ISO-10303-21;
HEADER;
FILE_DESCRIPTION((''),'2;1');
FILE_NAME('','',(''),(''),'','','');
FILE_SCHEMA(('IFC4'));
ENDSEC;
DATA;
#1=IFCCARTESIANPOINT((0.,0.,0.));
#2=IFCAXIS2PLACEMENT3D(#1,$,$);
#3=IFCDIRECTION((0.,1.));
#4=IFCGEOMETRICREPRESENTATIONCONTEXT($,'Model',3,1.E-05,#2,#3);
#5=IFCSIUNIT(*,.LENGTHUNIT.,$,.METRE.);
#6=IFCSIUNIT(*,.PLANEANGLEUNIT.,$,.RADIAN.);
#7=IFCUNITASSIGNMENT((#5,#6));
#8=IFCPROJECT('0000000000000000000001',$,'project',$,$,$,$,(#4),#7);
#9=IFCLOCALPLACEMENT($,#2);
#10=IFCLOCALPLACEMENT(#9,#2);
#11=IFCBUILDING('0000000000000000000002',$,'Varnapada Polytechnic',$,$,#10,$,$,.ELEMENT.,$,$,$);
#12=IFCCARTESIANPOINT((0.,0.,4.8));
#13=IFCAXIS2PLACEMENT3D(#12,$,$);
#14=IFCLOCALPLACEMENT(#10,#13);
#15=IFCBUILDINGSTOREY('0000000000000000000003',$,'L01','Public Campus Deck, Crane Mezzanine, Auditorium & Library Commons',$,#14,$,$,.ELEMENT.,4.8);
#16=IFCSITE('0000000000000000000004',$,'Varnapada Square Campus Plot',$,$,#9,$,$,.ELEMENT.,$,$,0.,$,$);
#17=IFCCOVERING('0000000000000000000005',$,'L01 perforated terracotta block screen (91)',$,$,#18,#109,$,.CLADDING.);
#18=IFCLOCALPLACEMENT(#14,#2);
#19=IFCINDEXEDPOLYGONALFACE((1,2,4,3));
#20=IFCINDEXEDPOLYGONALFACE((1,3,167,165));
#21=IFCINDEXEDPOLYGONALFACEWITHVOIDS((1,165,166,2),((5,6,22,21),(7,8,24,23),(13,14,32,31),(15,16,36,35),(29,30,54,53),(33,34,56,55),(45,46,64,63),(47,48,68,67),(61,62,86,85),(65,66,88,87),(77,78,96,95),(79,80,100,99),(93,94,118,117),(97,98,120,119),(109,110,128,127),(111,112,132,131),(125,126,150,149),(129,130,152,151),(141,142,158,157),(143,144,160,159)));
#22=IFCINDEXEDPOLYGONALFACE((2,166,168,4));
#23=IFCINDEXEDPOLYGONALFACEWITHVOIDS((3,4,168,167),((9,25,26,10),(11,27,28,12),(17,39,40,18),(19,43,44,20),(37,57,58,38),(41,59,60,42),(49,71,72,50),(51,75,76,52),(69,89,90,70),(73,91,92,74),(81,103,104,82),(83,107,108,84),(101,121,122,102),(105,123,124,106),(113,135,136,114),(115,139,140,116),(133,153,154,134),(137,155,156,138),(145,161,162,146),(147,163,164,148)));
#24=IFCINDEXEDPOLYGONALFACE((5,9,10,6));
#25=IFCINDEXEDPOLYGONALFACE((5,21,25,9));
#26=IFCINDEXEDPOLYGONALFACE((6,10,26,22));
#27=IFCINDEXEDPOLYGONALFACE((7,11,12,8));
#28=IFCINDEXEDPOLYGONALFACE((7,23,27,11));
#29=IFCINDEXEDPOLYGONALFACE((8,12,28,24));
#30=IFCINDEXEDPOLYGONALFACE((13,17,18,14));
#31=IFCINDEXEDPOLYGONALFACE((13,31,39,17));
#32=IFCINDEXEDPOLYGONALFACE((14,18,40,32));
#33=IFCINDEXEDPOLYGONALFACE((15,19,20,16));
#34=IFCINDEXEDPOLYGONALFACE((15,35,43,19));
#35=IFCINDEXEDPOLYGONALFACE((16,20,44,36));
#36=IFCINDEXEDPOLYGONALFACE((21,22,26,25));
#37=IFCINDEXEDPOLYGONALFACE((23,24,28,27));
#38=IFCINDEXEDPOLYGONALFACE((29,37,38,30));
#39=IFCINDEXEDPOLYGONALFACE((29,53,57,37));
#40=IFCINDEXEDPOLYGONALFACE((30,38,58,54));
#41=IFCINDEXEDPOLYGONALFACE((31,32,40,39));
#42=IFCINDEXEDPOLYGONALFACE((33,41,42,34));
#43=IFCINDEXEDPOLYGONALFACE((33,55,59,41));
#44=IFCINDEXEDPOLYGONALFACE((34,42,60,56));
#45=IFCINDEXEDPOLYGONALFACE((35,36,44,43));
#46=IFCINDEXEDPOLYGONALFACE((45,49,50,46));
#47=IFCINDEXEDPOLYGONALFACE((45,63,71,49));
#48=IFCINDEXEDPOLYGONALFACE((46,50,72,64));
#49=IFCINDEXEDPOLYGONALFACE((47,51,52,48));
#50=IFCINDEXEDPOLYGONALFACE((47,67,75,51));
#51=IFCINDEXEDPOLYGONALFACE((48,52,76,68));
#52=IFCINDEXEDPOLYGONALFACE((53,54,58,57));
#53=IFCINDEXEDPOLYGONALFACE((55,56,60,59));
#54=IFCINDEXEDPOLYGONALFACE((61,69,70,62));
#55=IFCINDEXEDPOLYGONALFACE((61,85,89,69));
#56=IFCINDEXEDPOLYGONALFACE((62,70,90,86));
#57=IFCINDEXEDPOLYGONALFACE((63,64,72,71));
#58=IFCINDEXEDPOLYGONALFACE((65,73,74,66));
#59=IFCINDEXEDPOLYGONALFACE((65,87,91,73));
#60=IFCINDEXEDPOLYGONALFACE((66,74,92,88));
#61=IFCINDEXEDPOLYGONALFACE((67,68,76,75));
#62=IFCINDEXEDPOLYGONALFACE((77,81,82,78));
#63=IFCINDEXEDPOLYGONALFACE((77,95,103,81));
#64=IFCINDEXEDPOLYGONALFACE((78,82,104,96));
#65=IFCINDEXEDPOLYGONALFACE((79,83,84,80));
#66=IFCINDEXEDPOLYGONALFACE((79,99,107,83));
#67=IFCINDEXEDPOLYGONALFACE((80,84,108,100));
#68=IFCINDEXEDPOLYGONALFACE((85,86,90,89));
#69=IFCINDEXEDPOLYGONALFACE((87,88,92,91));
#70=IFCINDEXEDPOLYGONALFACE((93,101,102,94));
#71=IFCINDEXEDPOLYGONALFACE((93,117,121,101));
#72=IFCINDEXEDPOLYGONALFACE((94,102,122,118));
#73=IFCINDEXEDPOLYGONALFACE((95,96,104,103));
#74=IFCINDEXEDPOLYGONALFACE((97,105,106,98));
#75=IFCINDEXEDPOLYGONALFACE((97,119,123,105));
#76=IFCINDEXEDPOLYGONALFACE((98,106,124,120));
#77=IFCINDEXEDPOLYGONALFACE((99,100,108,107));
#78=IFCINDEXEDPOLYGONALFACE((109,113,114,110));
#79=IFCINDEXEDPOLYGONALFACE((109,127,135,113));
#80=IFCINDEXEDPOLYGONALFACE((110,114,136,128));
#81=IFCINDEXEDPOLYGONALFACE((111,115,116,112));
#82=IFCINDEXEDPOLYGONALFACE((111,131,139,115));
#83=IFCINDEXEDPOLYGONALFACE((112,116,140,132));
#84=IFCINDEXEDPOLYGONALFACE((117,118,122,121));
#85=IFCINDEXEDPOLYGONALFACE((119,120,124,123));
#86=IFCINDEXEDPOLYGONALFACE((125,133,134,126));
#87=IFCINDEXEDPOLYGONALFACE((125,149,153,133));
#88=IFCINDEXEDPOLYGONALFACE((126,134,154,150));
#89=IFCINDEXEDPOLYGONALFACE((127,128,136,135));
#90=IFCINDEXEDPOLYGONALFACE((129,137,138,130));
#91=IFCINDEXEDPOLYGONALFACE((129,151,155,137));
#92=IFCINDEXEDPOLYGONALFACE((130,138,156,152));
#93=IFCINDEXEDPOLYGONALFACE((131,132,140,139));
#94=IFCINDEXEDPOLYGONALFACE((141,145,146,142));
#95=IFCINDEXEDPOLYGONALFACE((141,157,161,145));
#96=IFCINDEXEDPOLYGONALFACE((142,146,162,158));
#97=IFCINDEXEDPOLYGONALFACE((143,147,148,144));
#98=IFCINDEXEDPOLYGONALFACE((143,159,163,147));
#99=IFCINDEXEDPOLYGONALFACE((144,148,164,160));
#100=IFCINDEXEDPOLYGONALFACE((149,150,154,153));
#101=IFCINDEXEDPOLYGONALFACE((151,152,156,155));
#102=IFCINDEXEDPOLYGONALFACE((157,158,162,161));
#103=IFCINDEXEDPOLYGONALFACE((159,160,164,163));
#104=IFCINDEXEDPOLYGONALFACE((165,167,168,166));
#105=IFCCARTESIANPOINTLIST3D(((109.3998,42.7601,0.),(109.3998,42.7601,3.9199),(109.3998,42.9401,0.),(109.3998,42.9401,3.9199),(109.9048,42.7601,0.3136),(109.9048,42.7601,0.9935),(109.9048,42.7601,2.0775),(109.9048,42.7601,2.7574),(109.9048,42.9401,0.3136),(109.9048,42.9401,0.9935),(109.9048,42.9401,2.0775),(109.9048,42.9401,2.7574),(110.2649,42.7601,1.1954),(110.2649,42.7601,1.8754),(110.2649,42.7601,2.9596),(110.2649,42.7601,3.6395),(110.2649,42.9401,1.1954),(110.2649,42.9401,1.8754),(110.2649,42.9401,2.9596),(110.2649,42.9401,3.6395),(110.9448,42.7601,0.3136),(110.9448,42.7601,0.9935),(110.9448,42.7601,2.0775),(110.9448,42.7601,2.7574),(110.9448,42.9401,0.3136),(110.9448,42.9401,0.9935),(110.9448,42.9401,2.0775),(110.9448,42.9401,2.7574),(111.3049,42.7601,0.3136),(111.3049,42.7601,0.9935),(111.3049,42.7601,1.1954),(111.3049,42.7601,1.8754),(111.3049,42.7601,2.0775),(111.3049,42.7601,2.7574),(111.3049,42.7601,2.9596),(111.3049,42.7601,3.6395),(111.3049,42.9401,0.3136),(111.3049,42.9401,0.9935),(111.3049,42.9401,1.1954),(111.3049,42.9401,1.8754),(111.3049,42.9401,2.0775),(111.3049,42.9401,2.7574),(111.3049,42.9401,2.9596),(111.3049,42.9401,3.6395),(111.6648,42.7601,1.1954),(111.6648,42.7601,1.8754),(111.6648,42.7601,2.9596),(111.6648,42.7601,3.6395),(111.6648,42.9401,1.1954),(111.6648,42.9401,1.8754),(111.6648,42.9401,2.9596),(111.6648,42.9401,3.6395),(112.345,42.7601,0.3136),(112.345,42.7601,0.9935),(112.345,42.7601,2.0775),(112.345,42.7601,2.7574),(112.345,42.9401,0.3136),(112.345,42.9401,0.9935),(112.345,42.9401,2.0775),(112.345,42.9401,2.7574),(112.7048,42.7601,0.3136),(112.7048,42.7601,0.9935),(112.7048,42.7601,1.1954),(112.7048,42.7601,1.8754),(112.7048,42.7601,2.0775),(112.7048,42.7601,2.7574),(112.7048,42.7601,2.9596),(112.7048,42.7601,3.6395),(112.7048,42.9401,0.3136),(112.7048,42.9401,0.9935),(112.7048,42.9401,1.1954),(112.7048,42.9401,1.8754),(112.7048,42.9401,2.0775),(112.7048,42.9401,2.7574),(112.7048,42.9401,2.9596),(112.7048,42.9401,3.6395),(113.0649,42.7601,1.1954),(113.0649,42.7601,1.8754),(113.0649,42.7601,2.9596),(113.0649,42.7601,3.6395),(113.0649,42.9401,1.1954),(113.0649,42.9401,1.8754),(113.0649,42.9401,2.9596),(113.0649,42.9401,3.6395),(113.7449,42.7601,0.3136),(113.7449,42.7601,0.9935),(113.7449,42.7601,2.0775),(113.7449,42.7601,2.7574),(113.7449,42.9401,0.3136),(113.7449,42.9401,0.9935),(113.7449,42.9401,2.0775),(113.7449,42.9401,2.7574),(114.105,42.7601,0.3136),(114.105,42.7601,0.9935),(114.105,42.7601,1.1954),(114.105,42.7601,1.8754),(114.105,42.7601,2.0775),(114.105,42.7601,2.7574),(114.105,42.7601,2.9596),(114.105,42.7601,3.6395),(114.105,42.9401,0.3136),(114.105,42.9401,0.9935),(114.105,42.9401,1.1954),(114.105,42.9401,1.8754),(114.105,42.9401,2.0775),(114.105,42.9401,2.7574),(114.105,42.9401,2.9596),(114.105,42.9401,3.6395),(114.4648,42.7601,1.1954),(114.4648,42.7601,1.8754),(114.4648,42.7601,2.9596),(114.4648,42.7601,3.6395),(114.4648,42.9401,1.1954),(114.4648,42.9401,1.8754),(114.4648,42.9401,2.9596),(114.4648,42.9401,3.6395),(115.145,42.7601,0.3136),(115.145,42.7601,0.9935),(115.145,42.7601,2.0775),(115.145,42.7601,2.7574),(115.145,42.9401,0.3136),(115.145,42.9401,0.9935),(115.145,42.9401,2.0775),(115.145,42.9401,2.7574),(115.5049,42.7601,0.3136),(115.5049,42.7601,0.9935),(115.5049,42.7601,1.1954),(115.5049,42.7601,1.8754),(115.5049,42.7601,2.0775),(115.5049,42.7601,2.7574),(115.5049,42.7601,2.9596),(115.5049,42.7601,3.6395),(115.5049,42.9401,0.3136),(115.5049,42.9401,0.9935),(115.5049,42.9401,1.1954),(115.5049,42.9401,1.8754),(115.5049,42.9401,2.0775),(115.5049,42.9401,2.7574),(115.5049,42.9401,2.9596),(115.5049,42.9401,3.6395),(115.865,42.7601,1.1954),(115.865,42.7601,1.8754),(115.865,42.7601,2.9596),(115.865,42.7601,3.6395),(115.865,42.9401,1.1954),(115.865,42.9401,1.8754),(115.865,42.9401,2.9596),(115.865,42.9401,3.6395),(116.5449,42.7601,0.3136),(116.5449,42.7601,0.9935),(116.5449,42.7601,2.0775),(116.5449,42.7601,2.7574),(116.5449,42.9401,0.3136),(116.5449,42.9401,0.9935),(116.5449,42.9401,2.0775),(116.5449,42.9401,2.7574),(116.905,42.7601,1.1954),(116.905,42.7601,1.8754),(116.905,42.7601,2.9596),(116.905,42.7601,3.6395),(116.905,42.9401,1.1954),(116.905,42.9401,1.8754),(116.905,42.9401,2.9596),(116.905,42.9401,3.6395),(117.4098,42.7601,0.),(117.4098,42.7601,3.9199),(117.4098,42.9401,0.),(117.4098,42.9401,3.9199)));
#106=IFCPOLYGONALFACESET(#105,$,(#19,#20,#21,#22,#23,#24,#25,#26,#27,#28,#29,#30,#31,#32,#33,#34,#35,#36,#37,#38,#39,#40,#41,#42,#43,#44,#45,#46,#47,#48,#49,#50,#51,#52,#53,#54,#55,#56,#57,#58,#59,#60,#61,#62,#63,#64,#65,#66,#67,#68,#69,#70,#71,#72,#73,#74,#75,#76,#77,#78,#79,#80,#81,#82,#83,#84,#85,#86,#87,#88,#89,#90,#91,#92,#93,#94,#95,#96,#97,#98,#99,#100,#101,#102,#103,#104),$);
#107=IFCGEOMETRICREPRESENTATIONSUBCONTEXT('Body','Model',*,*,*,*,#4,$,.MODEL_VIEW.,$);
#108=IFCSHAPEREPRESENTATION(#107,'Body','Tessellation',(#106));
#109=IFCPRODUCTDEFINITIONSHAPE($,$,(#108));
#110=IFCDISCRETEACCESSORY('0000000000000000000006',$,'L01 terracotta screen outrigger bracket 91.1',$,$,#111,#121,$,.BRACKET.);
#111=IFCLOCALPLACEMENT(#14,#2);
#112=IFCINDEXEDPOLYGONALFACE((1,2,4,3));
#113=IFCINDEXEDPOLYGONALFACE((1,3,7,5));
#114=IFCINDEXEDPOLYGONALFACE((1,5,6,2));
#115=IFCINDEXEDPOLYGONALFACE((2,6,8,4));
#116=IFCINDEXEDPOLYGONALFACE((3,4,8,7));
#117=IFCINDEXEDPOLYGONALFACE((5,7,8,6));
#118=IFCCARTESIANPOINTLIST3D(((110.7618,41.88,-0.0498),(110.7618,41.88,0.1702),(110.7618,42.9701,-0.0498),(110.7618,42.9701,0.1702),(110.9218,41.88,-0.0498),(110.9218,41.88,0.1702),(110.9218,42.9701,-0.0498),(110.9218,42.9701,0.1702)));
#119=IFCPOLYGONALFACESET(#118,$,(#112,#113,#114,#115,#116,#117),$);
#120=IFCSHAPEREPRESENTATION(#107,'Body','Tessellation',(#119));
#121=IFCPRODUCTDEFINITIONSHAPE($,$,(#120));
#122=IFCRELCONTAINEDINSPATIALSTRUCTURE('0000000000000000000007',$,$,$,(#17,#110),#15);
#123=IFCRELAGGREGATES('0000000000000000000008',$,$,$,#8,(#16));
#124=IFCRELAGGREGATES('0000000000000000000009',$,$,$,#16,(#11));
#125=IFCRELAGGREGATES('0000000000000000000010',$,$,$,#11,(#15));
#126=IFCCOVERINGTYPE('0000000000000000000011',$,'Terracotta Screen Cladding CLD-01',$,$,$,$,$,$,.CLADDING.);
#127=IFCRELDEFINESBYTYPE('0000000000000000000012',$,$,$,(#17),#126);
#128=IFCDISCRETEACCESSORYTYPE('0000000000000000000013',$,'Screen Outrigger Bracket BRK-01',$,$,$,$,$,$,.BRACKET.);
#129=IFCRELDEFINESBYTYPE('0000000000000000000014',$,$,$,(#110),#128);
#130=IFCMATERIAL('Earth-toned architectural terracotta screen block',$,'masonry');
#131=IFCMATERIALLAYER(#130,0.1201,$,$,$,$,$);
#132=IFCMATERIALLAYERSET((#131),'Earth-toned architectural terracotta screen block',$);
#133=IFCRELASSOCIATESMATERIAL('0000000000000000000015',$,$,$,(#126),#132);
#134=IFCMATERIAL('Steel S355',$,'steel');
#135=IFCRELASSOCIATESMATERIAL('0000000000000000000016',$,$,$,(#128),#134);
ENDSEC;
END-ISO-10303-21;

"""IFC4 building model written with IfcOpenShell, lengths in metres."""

from ifc_helpers import new_model, si_unit, direction, frame, frame_2d, origin, origin_2d, place, context, subcontext, project, spatial, rectangle, extrude, material, layer, layer_set, type_object, element, save


model = new_model("IFC4")

# Units and contexts
model_context = context("Model", 3, precision=1e-05, world=origin(), true_north=direction((0.0, 1.0)))
body_context = subcontext(model_context, "Body", "Model", "MODEL_VIEW")
ifc_project = project(units=[si_unit("LENGTHUNIT", "METRE"), si_unit("PLANEANGLEUNIT", "RADIAN")], contexts=[model_context])

# Site, building, storey
site_placement = place(None, origin())
site = spatial("IfcSite", under=ifc_project, at=site_placement, Name="Varnapada Square Campus Plot", CompositionType="ELEMENT", RefElevation=0.0)
building_placement = place(site_placement, origin())
building = spatial("IfcBuilding", under=site, at=building_placement, Name="Varnapada Polytechnic", CompositionType="ELEMENT")
storey_placement = place(building_placement, frame((0.0, 0.0, 4.8)))
storey = spatial("IfcBuildingStorey", under=building, at=storey_placement, Name="L01", Description="Public Campus Deck, Crane Mezzanine, Auditorium & Library Commons", CompositionType="ELEMENT", Elevation=4.8)

# Shared definitions
ifc_material_1 = material(Name="Steel S355", Category="steel")

# Covering, openings
ifc_material_2 = material(Name="Earth-toned architectural terracotta screen block", Category="masonry")
ifc_layer_1 = layer(ifc_material_2, 0.1201)
ifc_layer_set_1 = layer_set([ifc_layer_1], Name="Earth-toned architectural terracotta screen block")
covering_type = type_object("IfcCoveringType", Name="Terracotta Screen Cladding CLD-01", PredefinedType="CLADDING", material=ifc_layer_set_1)
covering_placement = place(storey_placement, frame((109.3999, 42.8501, 0.0), z_axis=(0.0, 0.0, 1.0), x_axis=(1.0, 0.0, 0.0)))
covering = element("IfcCovering", 1, at=covering_placement, inside=storey, type_object=covering_type, Name="L01 perforated terracotta block screen (91)", PredefinedType="CLADDING", context=body_context, shape_type="SweptSolid", body=[
    extrude(rectangle(XDim=8.01, YDim=0.1799, at=frame_2d((4.0049, 0.0))), origin(), (0.0, 0.0, 1.0), 3.9199),
])
opening_1_placement = place(covering_placement, frame((0.5049, 0.0, 0.3137)))
element("IfcOpeningElement", 2, at=opening_1_placement, cuts=covering, PredefinedType="OPENING", context=body_context, shape_type="SweptSolid", body=[
    extrude(rectangle(XDim=1.04, YDim=0.6799, at=frame_2d((0.52, 0.3398))), frame((0.0, 0.0999, 0.0), z_axis=(0.0, -1.0, 0.0), x_axis=(1.0, 0.0, 0.0)), (0.0, 0.0, 1.0), 0.2),
])
opening_2_placement = place(covering_placement, frame((1.905, 0.0, 0.3137)))
element("IfcOpeningElement", 3, at=opening_2_placement, cuts=covering, PredefinedType="OPENING", context=body_context, shape_type="SweptSolid", body=[
    extrude(rectangle(XDim=1.04, YDim=0.6799, at=frame_2d((0.52, 0.3398))), frame((0.0, 0.0999, 0.0), z_axis=(0.0, -1.0, 0.0), x_axis=(1.0, 0.0, 0.0)), (0.0, 0.0, 1.0), 0.2),
])
opening_3_placement = place(covering_placement, frame((3.3049, 0.0, 0.3137)))
element("IfcOpeningElement", 4, at=opening_3_placement, cuts=covering, PredefinedType="OPENING", context=body_context, shape_type="SweptSolid", body=[
    extrude(rectangle(XDim=1.04, YDim=0.6799, at=frame_2d((0.52, 0.3398))), frame((0.0, 0.0999, 0.0), z_axis=(0.0, -1.0, 0.0), x_axis=(1.0, 0.0, 0.0)), (0.0, 0.0, 1.0), 0.2),
])
opening_4_placement = place(covering_placement, frame((4.7051, 0.0, 0.3137)))
element("IfcOpeningElement", 5, at=opening_4_placement, cuts=covering, PredefinedType="OPENING", context=body_context, shape_type="SweptSolid", body=[
    extrude(rectangle(XDim=1.04, YDim=0.6799, at=frame_2d((0.52, 0.3398))), frame((0.0, 0.0999, 0.0), z_axis=(0.0, -1.0, 0.0), x_axis=(1.0, 0.0, 0.0)), (0.0, 0.0, 1.0), 0.2),
])
opening_5_placement = place(covering_placement, frame((6.105, 0.0, 0.3137)))
element("IfcOpeningElement", 6, at=opening_5_placement, cuts=covering, PredefinedType="OPENING", context=body_context, shape_type="SweptSolid", body=[
    extrude(rectangle(XDim=1.04, YDim=0.6799, at=frame_2d((0.52, 0.3398))), frame((0.0, 0.0999, 0.0), z_axis=(0.0, -1.0, 0.0), x_axis=(1.0, 0.0, 0.0)), (0.0, 0.0, 1.0), 0.2),
])
opening_6_placement = place(covering_placement, frame((0.865, 0.0, 1.1956)))
element("IfcOpeningElement", 7, at=opening_6_placement, cuts=covering, PredefinedType="OPENING", context=body_context, shape_type="SweptSolid", body=[
    extrude(rectangle(XDim=1.04, YDim=0.6799, at=frame_2d((0.52, 0.3398))), frame((0.0, 0.0999, 0.0), z_axis=(0.0, -1.0, 0.0), x_axis=(1.0, 0.0, 0.0)), (0.0, 0.0, 1.0), 0.2),
])
opening_7_placement = place(covering_placement, frame((2.2649, 0.0, 1.1956)))
element("IfcOpeningElement", 8, at=opening_7_placement, cuts=covering, PredefinedType="OPENING", context=body_context, shape_type="SweptSolid", body=[
    extrude(rectangle(XDim=1.04, YDim=0.6799, at=frame_2d((0.52, 0.3398))), frame((0.0, 0.0999, 0.0), z_axis=(0.0, -1.0, 0.0), x_axis=(1.0, 0.0, 0.0)), (0.0, 0.0, 1.0), 0.2),
])
opening_8_placement = place(covering_placement, frame((3.665, 0.0, 1.1956)))
element("IfcOpeningElement", 9, at=opening_8_placement, cuts=covering, PredefinedType="OPENING", context=body_context, shape_type="SweptSolid", body=[
    extrude(rectangle(XDim=1.04, YDim=0.6799, at=frame_2d((0.52, 0.3398))), frame((0.0, 0.0999, 0.0), z_axis=(0.0, -1.0, 0.0), x_axis=(1.0, 0.0, 0.0)), (0.0, 0.0, 1.0), 0.2),
])
opening_9_placement = place(covering_placement, frame((5.0649, 0.0, 1.1956)))
element("IfcOpeningElement", 10, at=opening_9_placement, cuts=covering, PredefinedType="OPENING", context=body_context, shape_type="SweptSolid", body=[
    extrude(rectangle(XDim=1.04, YDim=0.6799, at=frame_2d((0.52, 0.3398))), frame((0.0, 0.0999, 0.0), z_axis=(0.0, -1.0, 0.0), x_axis=(1.0, 0.0, 0.0)), (0.0, 0.0, 1.0), 0.2),
])
opening_10_placement = place(covering_placement, frame((6.4651, 0.0, 1.1956)))
element("IfcOpeningElement", 11, at=opening_10_placement, cuts=covering, PredefinedType="OPENING", context=body_context, shape_type="SweptSolid", body=[
    extrude(rectangle(XDim=1.04, YDim=0.6799, at=frame_2d((0.52, 0.3398))), frame((0.0, 0.0999, 0.0), z_axis=(0.0, -1.0, 0.0), x_axis=(1.0, 0.0, 0.0)), (0.0, 0.0, 1.0), 0.2),
])
opening_11_placement = place(covering_placement, frame((0.5049, 0.0, 2.0776)))
element("IfcOpeningElement", 12, at=opening_11_placement, cuts=covering, PredefinedType="OPENING", context=body_context, shape_type="SweptSolid", body=[
    extrude(rectangle(XDim=1.04, YDim=0.6799, at=frame_2d((0.52, 0.3398))), frame((0.0, 0.0999, 0.0), z_axis=(0.0, -1.0, 0.0), x_axis=(1.0, 0.0, 0.0)), (0.0, 0.0, 1.0), 0.2),
])
opening_12_placement = place(covering_placement, frame((1.905, 0.0, 2.0776)))
element("IfcOpeningElement", 13, at=opening_12_placement, cuts=covering, PredefinedType="OPENING", context=body_context, shape_type="SweptSolid", body=[
    extrude(rectangle(XDim=1.04, YDim=0.6799, at=frame_2d((0.52, 0.3398))), frame((0.0, 0.0999, 0.0), z_axis=(0.0, -1.0, 0.0), x_axis=(1.0, 0.0, 0.0)), (0.0, 0.0, 1.0), 0.2),
])
opening_13_placement = place(covering_placement, frame((3.3049, 0.0, 2.0776)))
element("IfcOpeningElement", 14, at=opening_13_placement, cuts=covering, PredefinedType="OPENING", context=body_context, shape_type="SweptSolid", body=[
    extrude(rectangle(XDim=1.04, YDim=0.6799, at=frame_2d((0.52, 0.3398))), frame((0.0, 0.0999, 0.0), z_axis=(0.0, -1.0, 0.0), x_axis=(1.0, 0.0, 0.0)), (0.0, 0.0, 1.0), 0.2),
])
opening_14_placement = place(covering_placement, frame((4.7051, 0.0, 2.0776)))
element("IfcOpeningElement", 15, at=opening_14_placement, cuts=covering, PredefinedType="OPENING", context=body_context, shape_type="SweptSolid", body=[
    extrude(rectangle(XDim=1.04, YDim=0.6799, at=frame_2d((0.52, 0.3398))), frame((0.0, 0.0999, 0.0), z_axis=(0.0, -1.0, 0.0), x_axis=(1.0, 0.0, 0.0)), (0.0, 0.0, 1.0), 0.2),
])
opening_15_placement = place(covering_placement, frame((6.105, 0.0, 2.0776)))
element("IfcOpeningElement", 16, at=opening_15_placement, cuts=covering, PredefinedType="OPENING", context=body_context, shape_type="SweptSolid", body=[
    extrude(rectangle(XDim=1.04, YDim=0.6799, at=frame_2d((0.52, 0.3398))), frame((0.0, 0.0999, 0.0), z_axis=(0.0, -1.0, 0.0), x_axis=(1.0, 0.0, 0.0)), (0.0, 0.0, 1.0), 0.2),
])
opening_16_placement = place(covering_placement, frame((0.865, 0.0, 2.9597)))
element("IfcOpeningElement", 17, at=opening_16_placement, cuts=covering, PredefinedType="OPENING", context=body_context, shape_type="SweptSolid", body=[
    extrude(rectangle(XDim=1.04, YDim=0.6799, at=frame_2d((0.52, 0.3398))), frame((0.0, 0.0999, 0.0), z_axis=(0.0, -1.0, 0.0), x_axis=(1.0, 0.0, 0.0)), (0.0, 0.0, 1.0), 0.2),
])
opening_17_placement = place(covering_placement, frame((2.2649, 0.0, 2.9597)))
element("IfcOpeningElement", 18, at=opening_17_placement, cuts=covering, PredefinedType="OPENING", context=body_context, shape_type="SweptSolid", body=[
    extrude(rectangle(XDim=1.04, YDim=0.6799, at=frame_2d((0.52, 0.3398))), frame((0.0, 0.0999, 0.0), z_axis=(0.0, -1.0, 0.0), x_axis=(1.0, 0.0, 0.0)), (0.0, 0.0, 1.0), 0.2),
])
opening_18_placement = place(covering_placement, frame((3.665, 0.0, 2.9597)))
element("IfcOpeningElement", 19, at=opening_18_placement, cuts=covering, PredefinedType="OPENING", context=body_context, shape_type="SweptSolid", body=[
    extrude(rectangle(XDim=1.04, YDim=0.6799, at=frame_2d((0.52, 0.3398))), frame((0.0, 0.0999, 0.0), z_axis=(0.0, -1.0, 0.0), x_axis=(1.0, 0.0, 0.0)), (0.0, 0.0, 1.0), 0.2),
])
opening_19_placement = place(covering_placement, frame((5.0649, 0.0, 2.9597)))
element("IfcOpeningElement", 20, at=opening_19_placement, cuts=covering, PredefinedType="OPENING", context=body_context, shape_type="SweptSolid", body=[
    extrude(rectangle(XDim=1.04, YDim=0.6799, at=frame_2d((0.52, 0.3398))), frame((0.0, 0.0999, 0.0), z_axis=(0.0, -1.0, 0.0), x_axis=(1.0, 0.0, 0.0)), (0.0, 0.0, 1.0), 0.2),
])
opening_20_placement = place(covering_placement, frame((6.4651, 0.0, 2.9597)))
element("IfcOpeningElement", 21, at=opening_20_placement, cuts=covering, PredefinedType="OPENING", context=body_context, shape_type="SweptSolid", body=[
    extrude(rectangle(XDim=1.04, YDim=0.6799, at=frame_2d((0.52, 0.3398))), frame((0.0, 0.0999, 0.0), z_axis=(0.0, -1.0, 0.0), x_axis=(1.0, 0.0, 0.0)), (0.0, 0.0, 1.0), 0.2),
])

# Discrete accessory
discrete_accessory_type = type_object("IfcDiscreteAccessoryType", Name="Screen Outrigger Bracket BRK-01", PredefinedType="BRACKET", material=ifc_material_1)
for number, where, z_axis, x_axis, name in (
    (22, (110.8418, 42.425, -0.0498), (0.0, 0.0, 1.0), (1.0, 0.0, 0.0), "L01 terracotta screen outrigger bracket 91.1"),
):
    element("IfcDiscreteAccessory", number, at=place(storey_placement, frame(where, z_axis=z_axis, x_axis=x_axis)), inside=storey, type_object=discrete_accessory_type, Name=name, PredefinedType="BRACKET", context=body_context, shape_type="SweptSolid", body=[
        extrude(rectangle(XDim=0.1599, YDim=1.0901, at=origin_2d()), origin(), (0.0, 0.0, 1.0), 0.22),
    ])

save(model, "model.ifc")
